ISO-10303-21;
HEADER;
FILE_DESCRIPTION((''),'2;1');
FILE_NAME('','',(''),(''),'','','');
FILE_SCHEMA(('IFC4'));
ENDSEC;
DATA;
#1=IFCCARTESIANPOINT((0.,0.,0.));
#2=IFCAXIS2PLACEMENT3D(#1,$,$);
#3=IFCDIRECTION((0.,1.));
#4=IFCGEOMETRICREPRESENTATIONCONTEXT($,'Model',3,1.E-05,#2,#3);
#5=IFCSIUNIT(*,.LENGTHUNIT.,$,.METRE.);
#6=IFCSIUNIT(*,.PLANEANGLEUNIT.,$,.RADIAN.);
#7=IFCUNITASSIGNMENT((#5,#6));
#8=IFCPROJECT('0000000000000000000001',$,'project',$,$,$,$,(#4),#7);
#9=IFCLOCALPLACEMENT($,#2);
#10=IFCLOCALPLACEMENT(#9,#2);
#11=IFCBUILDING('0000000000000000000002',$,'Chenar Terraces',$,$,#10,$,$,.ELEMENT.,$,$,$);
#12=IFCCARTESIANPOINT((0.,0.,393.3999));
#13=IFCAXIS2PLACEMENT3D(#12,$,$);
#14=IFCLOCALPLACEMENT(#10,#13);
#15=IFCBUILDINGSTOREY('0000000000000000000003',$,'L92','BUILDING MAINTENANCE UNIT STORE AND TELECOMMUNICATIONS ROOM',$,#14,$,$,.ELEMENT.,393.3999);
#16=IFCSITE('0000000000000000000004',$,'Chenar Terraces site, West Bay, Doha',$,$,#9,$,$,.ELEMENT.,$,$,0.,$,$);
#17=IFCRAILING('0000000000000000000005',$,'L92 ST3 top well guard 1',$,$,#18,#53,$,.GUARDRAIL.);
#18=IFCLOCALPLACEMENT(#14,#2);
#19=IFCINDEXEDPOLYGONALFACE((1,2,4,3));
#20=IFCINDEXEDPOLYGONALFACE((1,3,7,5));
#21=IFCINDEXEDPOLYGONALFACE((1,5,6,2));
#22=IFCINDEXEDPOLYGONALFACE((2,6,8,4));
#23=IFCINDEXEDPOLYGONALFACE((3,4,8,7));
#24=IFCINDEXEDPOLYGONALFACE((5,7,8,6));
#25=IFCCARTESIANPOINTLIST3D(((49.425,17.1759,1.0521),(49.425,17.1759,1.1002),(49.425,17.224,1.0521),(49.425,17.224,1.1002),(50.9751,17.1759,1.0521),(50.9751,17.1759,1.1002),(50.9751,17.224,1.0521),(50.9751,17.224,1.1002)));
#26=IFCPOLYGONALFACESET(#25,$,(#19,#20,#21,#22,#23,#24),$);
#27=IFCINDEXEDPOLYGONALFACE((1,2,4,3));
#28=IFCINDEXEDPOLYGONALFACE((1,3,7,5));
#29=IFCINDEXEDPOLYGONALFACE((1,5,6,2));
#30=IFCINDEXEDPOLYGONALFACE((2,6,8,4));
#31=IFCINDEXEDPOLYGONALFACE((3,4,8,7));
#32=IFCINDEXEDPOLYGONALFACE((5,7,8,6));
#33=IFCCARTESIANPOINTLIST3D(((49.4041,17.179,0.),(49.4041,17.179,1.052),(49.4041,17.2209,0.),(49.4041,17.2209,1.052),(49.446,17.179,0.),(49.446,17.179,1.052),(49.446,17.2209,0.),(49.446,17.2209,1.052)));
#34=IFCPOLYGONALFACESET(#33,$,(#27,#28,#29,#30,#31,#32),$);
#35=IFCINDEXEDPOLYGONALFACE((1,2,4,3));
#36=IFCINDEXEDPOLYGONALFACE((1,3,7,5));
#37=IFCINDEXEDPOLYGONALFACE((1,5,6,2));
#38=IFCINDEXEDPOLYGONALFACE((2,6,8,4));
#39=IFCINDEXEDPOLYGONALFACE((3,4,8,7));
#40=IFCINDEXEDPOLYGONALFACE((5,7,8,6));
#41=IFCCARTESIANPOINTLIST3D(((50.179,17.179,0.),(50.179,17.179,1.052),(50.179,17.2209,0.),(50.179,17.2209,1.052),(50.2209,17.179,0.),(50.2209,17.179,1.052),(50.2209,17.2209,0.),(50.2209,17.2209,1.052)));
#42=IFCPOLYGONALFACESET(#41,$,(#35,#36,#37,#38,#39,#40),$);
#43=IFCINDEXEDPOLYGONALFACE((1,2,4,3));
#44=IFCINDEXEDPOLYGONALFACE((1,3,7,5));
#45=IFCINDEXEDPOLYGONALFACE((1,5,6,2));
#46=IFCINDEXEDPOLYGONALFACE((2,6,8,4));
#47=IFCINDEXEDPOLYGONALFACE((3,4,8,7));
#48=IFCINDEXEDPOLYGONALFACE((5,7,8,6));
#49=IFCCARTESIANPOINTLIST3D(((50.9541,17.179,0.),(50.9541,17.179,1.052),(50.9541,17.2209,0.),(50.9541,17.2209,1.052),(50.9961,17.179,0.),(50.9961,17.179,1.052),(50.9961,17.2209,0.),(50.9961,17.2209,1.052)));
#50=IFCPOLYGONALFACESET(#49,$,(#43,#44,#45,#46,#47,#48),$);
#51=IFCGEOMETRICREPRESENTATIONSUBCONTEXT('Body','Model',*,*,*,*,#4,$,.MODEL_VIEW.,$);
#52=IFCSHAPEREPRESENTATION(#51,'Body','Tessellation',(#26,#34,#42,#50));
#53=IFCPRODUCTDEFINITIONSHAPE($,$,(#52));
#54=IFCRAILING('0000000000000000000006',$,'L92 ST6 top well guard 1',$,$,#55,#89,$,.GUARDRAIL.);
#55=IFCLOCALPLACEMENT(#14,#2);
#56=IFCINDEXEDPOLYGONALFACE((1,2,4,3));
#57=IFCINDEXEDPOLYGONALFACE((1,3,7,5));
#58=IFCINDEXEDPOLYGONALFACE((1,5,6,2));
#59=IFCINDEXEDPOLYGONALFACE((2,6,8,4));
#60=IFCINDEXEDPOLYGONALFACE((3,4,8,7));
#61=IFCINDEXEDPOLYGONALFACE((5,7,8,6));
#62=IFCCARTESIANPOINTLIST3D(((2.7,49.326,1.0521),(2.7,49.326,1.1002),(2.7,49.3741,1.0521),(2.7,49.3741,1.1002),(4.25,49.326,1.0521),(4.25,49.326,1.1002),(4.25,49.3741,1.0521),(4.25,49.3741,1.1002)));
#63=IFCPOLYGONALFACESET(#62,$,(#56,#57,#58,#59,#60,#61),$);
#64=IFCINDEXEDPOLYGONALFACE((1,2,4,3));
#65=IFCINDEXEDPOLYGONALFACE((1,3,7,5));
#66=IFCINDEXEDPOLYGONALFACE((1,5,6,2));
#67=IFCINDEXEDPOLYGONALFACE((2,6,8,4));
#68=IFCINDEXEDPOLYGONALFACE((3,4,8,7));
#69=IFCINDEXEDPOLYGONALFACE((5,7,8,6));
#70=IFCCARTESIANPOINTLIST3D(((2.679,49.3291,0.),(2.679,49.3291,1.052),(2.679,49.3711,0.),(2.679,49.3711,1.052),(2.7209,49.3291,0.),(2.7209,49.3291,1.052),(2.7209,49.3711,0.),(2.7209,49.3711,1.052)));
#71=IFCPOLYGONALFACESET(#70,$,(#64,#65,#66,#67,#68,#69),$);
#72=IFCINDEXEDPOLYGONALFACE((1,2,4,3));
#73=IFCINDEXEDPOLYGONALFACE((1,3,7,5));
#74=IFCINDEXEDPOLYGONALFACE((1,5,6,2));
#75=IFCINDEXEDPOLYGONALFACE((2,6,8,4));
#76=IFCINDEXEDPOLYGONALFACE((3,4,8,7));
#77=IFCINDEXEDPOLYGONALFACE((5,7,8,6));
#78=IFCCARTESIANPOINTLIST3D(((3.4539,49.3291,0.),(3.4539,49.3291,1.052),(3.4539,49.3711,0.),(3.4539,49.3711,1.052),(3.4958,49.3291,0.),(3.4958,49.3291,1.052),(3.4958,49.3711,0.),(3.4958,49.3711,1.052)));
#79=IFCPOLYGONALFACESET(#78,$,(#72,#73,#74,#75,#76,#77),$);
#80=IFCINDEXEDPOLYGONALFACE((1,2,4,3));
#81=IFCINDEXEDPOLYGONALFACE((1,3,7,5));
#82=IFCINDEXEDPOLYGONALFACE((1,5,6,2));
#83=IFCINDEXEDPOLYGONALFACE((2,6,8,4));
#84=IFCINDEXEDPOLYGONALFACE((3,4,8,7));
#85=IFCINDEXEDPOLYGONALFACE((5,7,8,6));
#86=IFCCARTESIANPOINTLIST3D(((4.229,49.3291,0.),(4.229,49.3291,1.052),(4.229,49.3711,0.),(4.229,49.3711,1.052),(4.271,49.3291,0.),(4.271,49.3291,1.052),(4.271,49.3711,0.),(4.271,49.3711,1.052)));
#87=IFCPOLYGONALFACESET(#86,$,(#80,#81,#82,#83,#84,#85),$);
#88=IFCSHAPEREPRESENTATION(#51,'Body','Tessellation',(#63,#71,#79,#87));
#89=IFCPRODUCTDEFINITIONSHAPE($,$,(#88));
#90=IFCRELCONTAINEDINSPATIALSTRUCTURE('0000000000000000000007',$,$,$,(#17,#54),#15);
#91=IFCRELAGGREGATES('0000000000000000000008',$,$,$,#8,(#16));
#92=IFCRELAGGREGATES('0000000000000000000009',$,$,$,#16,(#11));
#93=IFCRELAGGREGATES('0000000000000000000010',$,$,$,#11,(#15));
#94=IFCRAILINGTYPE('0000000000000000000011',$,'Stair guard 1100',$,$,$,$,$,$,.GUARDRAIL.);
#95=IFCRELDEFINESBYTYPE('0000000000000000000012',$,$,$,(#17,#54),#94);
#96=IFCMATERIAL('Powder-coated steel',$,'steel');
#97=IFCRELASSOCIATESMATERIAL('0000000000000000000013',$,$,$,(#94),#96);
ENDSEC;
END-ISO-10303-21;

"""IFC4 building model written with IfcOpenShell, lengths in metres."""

from ifc_helpers import new_model, si_unit, direction, frame, origin, origin_2d, place, context, subcontext, project, spatial, rectangle, extrude, material, type_object, element, save


model = new_model("IFC4")

# Units and contexts
model_context = context("Model", 3, precision=1e-05, world=origin(), true_north=direction((0.0, 1.0)))
body_context = subcontext(model_context, "Body", "Model", "MODEL_VIEW")
ifc_project = project(units=[si_unit("LENGTHUNIT", "METRE"), si_unit("PLANEANGLEUNIT", "RADIAN")], contexts=[model_context])

# Site, building, storey
site_placement = place(None, origin())
site = spatial("IfcSite", under=ifc_project, at=site_placement, Name="Chenar Terraces site, West Bay, Doha", CompositionType="ELEMENT", RefElevation=0.0)
building_placement = place(site_placement, origin())
building = spatial("IfcBuilding", under=site, at=building_placement, Name="Chenar Terraces", CompositionType="ELEMENT")
storey_placement = place(building_placement, frame((0.0, 0.0, 393.3999)))
storey = spatial("IfcBuildingStorey", under=building, at=storey_placement, Name="L92", Description="BUILDING MAINTENANCE UNIT STORE AND TELECOMMUNICATIONS ROOM", CompositionType="ELEMENT", Elevation=393.3999)

# Railings
ifc_material_1 = material(Name="Powder-coated steel", Category="steel")
railing_type_1 = type_object("IfcRailingType", Name="Stair guard 1100", PredefinedType="GUARDRAIL", material=ifc_material_1)
for number, where, name in (
    (1, (49.425, 17.2, 0.0), "L92 ST3 top well guard 1"),
    (2, (2.7, 49.3501, 0.0), "L92 ST6 top well guard 1"),
):
    element("IfcRailing", number, at=place(storey_placement, frame(where)), inside=storey, type_object=railing_type_1, Name=name, PredefinedType="GUARDRAIL", context=body_context, shape_type="SweptSolid", body=[
        extrude(rectangle(XDim=0.0481, YDim=0.0481, at=origin_2d()), frame((0.0, 0.0, 1.0762), z_axis=(1.0, 0.0, 0.0), x_axis=(0.0, 1.0, 0.0)), (0.0, 0.0, 1.0), 1.55),
        extrude(rectangle(XDim=0.042, YDim=0.042, at=origin_2d()), origin(), (0.0, 0.0, 1.0), 1.052),
        extrude(rectangle(XDim=0.042, YDim=0.042, at=origin_2d()), frame((0.7749, 0.0, 0.0)), (0.0, 0.0, 1.0), 1.052),
        extrude(rectangle(XDim=0.042, YDim=0.042, at=origin_2d()), frame((1.55, 0.0, 0.0)), (0.0, 0.0, 1.0), 1.052),
    ])

save(model, "model.ifc")
